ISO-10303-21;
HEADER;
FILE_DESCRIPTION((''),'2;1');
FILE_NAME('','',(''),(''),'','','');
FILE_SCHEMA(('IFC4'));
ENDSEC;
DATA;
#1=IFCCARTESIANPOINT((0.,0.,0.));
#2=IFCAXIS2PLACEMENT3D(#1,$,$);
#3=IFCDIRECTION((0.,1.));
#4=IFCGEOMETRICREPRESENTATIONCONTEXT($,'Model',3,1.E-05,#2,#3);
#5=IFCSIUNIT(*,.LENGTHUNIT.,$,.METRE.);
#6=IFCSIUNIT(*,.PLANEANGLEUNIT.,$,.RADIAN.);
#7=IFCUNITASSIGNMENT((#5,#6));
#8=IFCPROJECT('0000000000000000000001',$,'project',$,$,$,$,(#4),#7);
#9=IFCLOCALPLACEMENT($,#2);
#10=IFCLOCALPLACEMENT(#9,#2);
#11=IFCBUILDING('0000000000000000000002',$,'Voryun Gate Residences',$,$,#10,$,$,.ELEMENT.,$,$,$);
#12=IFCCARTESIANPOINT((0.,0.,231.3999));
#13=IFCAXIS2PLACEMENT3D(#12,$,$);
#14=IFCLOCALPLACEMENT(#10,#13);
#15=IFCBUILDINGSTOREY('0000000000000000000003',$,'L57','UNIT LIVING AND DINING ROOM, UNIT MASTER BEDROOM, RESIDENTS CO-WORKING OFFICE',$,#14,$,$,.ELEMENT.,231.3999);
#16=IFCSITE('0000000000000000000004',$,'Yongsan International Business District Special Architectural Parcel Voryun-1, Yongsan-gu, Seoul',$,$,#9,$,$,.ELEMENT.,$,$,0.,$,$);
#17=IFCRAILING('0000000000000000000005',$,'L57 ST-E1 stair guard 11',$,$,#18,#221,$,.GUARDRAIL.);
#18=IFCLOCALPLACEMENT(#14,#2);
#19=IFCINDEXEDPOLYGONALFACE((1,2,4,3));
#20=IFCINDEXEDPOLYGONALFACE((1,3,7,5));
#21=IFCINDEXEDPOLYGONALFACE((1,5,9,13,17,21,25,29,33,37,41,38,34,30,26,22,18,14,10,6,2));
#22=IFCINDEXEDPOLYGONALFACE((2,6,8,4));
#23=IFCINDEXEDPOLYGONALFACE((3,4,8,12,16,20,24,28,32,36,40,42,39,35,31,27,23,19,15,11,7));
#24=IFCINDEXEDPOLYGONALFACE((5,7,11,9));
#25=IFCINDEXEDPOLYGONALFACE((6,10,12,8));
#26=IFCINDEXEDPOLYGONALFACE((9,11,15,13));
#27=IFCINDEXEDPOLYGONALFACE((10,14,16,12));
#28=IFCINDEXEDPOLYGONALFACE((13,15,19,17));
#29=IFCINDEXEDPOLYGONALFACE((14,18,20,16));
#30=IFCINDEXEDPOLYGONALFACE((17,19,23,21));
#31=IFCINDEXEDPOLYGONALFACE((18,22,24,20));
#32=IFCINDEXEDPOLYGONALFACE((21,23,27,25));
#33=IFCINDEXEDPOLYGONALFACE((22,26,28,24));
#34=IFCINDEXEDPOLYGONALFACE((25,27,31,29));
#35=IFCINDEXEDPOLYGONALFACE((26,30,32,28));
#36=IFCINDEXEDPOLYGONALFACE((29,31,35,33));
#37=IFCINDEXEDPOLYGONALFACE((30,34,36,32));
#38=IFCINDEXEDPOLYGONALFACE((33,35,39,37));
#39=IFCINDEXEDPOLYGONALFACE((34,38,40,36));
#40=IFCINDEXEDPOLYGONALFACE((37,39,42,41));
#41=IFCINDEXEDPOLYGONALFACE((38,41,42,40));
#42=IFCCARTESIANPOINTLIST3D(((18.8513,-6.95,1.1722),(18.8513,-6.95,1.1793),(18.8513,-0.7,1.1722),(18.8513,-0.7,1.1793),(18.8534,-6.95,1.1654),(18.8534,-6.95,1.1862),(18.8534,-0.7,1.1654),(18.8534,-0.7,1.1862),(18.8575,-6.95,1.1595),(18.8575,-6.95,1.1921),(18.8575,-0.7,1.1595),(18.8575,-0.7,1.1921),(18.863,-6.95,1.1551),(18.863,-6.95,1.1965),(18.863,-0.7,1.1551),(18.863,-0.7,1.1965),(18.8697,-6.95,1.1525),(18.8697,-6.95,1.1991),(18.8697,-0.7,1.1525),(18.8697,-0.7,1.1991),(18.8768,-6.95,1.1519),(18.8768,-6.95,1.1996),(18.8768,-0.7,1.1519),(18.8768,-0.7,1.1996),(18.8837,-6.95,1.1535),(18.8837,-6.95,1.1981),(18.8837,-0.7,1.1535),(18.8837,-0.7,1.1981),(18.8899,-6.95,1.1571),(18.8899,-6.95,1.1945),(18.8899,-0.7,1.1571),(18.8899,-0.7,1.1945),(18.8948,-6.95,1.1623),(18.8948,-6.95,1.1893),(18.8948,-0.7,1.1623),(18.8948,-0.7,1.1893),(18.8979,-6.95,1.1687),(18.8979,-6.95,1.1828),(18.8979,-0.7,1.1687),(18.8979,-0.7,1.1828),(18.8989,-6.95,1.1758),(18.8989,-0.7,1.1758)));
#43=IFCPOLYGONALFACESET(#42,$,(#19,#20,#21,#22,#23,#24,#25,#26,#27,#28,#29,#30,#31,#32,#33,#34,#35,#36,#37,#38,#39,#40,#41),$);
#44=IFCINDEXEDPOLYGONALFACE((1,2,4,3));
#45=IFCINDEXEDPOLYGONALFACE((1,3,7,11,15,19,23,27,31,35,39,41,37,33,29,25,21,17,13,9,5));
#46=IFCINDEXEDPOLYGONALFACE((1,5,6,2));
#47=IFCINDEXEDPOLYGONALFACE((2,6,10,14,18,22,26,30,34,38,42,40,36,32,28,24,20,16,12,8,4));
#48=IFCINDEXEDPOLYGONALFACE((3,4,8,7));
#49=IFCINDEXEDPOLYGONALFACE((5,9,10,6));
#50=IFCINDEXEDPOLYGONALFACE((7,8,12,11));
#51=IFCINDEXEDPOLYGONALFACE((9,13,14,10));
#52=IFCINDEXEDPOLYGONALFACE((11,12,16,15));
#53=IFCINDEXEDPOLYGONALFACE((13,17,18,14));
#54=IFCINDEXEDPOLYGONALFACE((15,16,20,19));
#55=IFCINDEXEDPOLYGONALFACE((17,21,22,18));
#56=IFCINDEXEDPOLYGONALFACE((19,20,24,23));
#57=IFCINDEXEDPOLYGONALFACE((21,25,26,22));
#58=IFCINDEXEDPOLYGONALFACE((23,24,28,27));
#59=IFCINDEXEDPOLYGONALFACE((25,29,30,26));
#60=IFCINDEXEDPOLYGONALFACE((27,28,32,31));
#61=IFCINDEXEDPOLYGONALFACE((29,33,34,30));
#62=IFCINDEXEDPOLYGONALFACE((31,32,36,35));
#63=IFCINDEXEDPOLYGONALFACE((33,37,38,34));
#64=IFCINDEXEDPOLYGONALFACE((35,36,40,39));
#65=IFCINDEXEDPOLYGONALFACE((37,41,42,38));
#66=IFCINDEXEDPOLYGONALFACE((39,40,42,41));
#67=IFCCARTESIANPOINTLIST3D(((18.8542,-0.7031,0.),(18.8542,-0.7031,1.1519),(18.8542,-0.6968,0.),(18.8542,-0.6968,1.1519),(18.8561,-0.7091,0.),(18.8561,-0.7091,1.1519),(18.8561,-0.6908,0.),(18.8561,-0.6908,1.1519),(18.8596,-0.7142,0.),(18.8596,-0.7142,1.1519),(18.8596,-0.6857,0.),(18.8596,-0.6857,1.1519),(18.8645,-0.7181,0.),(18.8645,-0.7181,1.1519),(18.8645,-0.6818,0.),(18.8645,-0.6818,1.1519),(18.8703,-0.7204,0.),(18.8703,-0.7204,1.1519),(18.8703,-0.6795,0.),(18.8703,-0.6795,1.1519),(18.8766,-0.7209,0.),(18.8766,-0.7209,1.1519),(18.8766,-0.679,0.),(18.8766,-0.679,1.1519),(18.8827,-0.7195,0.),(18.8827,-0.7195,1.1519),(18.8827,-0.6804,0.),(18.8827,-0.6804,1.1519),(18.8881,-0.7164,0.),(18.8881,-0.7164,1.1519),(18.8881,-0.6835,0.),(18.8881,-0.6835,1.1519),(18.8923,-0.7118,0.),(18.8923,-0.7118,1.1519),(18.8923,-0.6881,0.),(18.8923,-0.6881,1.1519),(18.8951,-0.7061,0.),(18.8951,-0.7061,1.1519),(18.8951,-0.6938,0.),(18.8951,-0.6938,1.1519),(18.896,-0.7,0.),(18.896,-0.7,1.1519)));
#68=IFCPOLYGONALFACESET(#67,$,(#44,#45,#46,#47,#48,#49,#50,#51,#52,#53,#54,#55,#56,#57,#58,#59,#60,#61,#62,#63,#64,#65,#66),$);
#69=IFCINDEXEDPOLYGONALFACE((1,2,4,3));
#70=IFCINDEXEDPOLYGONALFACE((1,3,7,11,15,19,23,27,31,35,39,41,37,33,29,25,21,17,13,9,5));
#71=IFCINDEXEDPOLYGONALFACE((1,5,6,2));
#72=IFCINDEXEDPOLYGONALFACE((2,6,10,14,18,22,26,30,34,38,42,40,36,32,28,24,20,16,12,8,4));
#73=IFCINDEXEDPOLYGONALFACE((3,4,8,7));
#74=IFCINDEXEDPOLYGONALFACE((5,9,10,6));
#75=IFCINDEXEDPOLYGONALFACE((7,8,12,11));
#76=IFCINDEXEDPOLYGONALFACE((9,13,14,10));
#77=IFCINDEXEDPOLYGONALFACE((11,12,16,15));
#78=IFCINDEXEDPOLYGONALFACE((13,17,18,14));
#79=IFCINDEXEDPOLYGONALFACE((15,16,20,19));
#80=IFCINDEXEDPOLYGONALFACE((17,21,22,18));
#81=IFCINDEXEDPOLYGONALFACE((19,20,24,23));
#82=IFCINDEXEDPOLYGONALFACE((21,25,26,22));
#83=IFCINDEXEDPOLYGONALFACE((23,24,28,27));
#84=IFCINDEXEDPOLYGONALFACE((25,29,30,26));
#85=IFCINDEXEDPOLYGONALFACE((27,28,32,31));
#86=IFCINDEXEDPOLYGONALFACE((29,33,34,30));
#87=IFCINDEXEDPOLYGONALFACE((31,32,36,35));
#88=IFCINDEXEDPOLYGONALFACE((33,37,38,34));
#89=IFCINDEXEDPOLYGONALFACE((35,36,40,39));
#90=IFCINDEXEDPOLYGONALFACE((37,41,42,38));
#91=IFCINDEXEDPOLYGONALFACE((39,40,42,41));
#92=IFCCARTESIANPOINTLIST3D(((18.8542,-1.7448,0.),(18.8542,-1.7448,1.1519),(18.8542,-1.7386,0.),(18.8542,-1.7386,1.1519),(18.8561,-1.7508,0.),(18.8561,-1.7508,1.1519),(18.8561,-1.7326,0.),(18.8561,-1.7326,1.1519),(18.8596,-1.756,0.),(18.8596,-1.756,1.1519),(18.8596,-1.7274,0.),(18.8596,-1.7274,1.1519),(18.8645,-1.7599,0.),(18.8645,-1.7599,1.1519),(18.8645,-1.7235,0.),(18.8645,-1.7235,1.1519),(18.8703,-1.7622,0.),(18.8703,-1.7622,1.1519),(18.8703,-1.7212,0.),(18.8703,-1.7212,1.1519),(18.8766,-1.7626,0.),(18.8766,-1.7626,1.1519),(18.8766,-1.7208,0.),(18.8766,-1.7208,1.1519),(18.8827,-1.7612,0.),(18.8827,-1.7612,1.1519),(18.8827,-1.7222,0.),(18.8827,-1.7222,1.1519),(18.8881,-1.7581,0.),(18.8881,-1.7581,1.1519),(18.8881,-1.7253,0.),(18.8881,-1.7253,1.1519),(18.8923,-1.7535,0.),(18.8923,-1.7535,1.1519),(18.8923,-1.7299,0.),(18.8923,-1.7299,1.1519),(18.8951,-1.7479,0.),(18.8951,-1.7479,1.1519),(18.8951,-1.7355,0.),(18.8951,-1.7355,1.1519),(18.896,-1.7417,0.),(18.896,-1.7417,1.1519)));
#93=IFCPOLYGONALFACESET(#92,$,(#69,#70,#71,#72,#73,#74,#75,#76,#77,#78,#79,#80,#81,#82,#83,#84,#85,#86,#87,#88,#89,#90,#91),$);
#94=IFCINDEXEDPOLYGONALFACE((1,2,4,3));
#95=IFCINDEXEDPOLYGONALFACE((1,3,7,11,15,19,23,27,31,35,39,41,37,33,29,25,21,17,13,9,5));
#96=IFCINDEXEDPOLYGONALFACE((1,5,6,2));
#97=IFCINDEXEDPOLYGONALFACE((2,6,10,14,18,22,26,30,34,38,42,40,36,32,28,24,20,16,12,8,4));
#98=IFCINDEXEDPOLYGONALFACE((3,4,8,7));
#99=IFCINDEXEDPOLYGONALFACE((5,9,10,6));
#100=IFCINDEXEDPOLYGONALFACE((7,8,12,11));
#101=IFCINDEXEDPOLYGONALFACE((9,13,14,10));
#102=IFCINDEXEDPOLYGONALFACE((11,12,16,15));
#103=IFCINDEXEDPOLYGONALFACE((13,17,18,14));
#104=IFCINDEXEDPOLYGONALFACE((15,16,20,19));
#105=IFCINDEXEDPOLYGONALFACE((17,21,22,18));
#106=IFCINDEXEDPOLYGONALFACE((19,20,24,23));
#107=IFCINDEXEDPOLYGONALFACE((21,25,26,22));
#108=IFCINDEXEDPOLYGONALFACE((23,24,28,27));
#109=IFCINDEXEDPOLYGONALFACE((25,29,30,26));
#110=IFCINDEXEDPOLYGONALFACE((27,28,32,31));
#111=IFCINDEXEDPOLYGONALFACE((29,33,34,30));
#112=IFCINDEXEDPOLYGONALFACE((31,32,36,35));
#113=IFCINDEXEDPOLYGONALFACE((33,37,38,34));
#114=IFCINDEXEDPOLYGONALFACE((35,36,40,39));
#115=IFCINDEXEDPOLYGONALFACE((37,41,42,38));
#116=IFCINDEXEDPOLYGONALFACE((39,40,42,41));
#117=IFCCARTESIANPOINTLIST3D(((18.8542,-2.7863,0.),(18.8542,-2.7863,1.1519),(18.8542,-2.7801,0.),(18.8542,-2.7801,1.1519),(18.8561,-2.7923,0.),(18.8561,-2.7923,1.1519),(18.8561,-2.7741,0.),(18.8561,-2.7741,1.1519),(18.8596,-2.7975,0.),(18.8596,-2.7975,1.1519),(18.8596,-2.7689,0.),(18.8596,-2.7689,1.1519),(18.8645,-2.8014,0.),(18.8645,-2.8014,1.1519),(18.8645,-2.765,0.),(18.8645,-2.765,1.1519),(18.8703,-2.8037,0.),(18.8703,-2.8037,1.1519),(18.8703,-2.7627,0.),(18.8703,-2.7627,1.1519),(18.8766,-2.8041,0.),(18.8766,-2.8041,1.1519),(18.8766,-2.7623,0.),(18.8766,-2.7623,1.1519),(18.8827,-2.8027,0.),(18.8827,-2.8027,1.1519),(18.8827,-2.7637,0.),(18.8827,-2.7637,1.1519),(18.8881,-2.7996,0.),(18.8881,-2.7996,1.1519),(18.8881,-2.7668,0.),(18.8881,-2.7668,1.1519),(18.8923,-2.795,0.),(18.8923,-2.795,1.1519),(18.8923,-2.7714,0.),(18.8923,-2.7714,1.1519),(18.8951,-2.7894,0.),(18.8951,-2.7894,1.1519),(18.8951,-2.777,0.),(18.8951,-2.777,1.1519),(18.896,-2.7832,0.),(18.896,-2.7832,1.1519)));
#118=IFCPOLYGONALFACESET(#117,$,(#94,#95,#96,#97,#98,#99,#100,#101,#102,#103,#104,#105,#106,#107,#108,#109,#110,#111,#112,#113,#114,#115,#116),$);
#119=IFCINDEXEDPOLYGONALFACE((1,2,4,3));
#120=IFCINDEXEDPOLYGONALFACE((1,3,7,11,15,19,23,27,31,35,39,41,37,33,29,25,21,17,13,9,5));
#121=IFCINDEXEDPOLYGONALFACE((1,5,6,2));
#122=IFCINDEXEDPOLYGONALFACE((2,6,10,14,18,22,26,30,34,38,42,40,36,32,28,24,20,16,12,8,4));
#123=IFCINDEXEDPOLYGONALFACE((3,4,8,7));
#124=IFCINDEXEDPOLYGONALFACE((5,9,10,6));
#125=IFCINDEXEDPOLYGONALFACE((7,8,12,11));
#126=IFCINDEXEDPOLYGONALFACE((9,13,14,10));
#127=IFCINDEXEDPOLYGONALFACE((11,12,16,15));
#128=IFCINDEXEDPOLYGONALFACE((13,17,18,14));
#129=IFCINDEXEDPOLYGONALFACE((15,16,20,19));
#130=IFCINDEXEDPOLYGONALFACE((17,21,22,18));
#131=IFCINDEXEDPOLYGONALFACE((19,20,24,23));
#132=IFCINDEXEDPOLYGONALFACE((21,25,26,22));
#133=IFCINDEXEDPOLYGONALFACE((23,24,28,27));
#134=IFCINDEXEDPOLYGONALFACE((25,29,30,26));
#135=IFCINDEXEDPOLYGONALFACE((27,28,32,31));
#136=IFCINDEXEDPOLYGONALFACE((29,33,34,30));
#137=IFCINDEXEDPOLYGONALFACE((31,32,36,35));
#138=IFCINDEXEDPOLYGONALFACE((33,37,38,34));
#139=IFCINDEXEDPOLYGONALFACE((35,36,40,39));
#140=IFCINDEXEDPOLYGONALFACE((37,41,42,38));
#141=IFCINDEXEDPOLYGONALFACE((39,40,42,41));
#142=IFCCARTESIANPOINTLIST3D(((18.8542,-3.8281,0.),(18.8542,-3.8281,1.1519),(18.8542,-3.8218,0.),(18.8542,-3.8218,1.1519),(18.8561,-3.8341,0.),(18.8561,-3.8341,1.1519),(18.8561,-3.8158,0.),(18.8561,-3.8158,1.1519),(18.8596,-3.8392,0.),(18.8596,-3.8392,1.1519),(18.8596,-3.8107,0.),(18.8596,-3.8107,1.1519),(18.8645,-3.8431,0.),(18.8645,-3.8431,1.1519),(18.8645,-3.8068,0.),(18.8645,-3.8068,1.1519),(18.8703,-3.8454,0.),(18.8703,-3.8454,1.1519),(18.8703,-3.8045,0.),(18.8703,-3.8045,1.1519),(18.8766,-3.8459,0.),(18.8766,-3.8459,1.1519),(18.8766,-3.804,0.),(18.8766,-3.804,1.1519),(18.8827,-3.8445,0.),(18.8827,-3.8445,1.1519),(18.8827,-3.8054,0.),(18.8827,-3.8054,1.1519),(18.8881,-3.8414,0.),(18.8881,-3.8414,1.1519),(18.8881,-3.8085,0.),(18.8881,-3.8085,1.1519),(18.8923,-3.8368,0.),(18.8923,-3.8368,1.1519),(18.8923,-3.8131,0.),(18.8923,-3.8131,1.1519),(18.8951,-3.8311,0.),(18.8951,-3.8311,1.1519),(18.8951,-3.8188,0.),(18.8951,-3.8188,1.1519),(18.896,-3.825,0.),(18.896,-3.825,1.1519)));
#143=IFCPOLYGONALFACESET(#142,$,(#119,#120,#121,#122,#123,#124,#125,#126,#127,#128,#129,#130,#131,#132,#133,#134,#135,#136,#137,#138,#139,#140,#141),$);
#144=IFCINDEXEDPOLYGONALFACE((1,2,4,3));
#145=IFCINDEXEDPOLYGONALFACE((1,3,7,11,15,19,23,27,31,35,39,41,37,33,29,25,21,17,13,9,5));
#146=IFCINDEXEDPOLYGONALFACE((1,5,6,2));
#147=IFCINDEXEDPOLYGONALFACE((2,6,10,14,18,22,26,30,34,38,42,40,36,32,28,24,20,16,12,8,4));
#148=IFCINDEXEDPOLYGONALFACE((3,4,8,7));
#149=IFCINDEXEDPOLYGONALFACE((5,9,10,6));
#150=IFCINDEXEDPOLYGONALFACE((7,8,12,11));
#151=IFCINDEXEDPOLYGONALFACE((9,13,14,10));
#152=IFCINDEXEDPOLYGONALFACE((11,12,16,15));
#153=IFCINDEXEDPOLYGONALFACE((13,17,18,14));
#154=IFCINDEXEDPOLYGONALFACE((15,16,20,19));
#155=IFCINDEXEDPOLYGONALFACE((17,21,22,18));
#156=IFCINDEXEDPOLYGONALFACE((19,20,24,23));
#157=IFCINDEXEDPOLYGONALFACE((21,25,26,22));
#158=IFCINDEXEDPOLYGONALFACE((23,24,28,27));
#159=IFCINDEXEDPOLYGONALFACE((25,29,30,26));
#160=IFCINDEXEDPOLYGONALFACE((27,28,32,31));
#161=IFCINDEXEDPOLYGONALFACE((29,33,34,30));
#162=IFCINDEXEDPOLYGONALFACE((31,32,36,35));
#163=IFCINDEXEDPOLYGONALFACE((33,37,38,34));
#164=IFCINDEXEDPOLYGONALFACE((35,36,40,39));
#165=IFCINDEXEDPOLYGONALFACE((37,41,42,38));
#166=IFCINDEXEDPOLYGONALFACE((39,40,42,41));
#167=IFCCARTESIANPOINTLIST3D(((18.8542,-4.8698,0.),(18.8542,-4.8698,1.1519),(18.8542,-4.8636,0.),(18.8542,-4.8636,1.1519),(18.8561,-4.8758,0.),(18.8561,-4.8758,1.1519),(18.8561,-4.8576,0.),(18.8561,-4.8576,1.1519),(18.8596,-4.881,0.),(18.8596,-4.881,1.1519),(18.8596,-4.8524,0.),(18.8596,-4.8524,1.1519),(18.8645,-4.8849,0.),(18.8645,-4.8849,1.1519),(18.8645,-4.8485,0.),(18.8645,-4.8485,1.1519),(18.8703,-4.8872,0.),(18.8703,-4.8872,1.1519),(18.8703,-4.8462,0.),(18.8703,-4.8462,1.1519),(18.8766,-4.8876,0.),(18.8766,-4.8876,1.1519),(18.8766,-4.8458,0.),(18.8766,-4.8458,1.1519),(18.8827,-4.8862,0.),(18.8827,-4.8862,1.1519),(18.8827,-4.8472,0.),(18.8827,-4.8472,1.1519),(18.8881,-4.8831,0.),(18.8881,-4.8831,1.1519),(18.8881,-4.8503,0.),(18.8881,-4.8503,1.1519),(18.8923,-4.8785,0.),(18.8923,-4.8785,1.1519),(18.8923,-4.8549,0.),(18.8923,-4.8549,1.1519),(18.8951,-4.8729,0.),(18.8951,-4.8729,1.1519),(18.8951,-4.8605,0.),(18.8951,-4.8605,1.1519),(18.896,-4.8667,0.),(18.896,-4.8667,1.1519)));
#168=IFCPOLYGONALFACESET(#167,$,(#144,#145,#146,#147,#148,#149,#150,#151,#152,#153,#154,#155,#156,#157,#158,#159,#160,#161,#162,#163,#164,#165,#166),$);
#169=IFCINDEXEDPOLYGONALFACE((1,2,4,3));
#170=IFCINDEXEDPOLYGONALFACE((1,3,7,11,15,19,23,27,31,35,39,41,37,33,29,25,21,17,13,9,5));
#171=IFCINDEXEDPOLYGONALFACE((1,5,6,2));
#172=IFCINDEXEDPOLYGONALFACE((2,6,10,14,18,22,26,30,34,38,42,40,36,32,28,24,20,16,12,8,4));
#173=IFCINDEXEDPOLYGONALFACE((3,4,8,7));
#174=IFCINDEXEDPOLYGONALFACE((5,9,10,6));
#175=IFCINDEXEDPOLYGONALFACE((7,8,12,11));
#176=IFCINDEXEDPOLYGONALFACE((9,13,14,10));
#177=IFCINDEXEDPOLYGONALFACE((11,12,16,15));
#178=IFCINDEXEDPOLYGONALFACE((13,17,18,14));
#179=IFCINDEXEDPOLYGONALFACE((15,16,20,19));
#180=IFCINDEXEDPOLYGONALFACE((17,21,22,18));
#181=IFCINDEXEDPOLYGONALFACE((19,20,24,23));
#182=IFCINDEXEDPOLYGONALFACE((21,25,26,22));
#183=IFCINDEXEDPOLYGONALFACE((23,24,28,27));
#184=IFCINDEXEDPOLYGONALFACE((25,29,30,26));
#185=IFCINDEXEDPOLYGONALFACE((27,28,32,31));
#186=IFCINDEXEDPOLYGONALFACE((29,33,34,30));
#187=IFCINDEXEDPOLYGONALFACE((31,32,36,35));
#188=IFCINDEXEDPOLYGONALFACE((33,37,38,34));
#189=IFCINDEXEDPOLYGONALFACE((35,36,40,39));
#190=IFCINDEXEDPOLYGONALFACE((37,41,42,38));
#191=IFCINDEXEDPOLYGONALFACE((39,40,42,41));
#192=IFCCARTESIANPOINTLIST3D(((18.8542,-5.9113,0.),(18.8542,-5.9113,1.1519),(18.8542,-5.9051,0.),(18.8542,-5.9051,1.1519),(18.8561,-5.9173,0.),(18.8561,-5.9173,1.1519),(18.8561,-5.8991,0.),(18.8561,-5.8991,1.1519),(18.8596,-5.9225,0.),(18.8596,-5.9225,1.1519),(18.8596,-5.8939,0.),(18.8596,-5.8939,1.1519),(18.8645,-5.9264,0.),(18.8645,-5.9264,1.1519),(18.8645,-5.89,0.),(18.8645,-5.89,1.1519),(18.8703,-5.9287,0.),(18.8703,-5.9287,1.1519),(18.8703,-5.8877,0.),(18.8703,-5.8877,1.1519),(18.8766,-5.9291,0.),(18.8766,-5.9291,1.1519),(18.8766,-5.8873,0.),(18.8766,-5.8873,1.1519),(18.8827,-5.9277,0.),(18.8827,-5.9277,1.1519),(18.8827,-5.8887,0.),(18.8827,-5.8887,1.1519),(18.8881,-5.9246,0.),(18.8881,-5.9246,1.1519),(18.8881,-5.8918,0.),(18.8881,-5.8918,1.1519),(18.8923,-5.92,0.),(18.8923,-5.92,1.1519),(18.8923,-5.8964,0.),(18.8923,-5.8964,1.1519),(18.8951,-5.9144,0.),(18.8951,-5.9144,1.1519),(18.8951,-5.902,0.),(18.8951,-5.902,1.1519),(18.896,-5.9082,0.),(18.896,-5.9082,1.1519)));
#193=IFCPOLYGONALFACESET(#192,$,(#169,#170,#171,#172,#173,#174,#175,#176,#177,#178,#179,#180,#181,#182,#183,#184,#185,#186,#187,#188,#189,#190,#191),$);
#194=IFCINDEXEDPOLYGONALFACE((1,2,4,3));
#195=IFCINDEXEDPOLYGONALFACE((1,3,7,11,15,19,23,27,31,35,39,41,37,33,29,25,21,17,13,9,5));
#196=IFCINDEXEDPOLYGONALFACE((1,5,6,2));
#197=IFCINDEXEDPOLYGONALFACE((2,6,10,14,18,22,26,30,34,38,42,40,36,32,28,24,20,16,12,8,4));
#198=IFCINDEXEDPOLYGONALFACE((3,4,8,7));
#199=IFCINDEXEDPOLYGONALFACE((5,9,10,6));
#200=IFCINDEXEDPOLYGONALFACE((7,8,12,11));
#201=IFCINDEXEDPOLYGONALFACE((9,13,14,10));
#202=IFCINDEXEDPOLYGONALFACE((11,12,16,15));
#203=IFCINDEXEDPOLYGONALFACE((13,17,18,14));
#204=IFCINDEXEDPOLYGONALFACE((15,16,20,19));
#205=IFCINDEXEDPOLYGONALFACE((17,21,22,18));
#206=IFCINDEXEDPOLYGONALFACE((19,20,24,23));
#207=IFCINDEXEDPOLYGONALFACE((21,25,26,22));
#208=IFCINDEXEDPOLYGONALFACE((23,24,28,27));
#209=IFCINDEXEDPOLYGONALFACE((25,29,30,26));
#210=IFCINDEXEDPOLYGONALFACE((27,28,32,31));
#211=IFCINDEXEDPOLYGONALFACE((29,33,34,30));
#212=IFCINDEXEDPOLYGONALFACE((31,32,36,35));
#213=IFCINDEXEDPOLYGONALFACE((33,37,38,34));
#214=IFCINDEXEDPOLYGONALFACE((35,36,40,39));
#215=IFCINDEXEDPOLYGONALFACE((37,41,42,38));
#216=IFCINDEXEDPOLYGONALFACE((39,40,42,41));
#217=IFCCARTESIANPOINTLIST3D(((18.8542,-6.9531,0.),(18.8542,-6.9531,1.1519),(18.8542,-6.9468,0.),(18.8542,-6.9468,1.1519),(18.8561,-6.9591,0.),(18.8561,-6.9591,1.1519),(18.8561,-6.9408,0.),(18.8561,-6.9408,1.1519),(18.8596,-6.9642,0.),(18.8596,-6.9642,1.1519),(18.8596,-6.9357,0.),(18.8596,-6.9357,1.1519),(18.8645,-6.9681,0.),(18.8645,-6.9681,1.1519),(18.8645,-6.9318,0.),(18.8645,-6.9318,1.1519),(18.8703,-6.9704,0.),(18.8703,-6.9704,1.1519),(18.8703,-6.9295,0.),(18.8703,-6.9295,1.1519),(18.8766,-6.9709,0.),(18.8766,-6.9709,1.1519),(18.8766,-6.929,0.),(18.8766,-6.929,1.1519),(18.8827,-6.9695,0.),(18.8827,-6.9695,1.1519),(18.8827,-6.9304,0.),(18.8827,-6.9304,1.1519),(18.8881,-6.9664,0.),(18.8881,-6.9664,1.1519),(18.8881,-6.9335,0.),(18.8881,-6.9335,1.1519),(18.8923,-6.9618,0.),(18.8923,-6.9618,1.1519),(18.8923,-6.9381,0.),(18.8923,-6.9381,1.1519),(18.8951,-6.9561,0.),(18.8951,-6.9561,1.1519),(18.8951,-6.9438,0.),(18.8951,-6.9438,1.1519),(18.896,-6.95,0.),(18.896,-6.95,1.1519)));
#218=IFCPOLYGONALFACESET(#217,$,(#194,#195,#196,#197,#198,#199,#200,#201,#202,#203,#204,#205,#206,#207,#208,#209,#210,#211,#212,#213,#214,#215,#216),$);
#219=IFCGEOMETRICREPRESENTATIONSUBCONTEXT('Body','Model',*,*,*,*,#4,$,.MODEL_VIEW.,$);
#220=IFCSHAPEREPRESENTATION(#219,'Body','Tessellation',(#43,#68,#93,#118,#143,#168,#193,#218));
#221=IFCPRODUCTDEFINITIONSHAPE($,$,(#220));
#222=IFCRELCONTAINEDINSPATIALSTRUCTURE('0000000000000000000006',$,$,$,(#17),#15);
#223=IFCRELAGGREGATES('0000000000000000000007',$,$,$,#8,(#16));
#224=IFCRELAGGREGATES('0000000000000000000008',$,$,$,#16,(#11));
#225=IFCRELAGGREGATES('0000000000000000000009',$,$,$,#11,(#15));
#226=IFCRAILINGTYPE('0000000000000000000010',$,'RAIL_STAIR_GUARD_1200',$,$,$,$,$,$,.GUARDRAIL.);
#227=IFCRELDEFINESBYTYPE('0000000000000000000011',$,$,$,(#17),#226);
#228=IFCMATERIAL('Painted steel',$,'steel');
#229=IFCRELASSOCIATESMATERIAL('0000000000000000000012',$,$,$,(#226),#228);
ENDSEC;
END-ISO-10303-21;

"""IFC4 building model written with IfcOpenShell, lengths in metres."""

from ifc_helpers import new_model, si_unit, direction, frame, origin, origin_2d, place, context, subcontext, project, spatial, circle, extrude, material, type_object, element, save


model = new_model("IFC4")

# Units and contexts
model_context = context("Model", 3, precision=1e-05, world=origin(), true_north=direction((0.0, 1.0)))
body_context = subcontext(model_context, "Body", "Model", "MODEL_VIEW")
ifc_project = project(units=[si_unit("LENGTHUNIT", "METRE"), si_unit("PLANEANGLEUNIT", "RADIAN")], contexts=[model_context])

# Site, building, storey
site_placement = place(None, origin())
site = spatial("IfcSite", under=ifc_project, at=site_placement, Name="Yongsan International Business District Special Architectural Parcel Voryun-1, Yongsan-gu, Seoul", CompositionType="ELEMENT", RefElevation=0.0)
building_placement = place(site_placement, origin())
building = spatial("IfcBuilding", under=site, at=building_placement, Name="Voryun Gate Residences", CompositionType="ELEMENT")
storey_placement = place(building_placement, frame((0.0, 0.0, 231.3999)))
storey = spatial("IfcBuildingStorey", under=building, at=storey_placement, Name="L57", Description="UNIT LIVING AND DINING ROOM, UNIT MASTER BEDROOM, RESIDENTS CO-WORKING OFFICE", CompositionType="ELEMENT", Elevation=231.3999)

# Railing
ifc_material_1 = material(Name="Painted steel", Category="steel")
railing_type_1 = type_object("IfcRailingType", Name="RAIL_STAIR_GUARD_1200", PredefinedType="GUARDRAIL", material=ifc_material_1)
railing_1_placement = place(storey_placement, frame((18.875, -0.7, 0.0)))
element("IfcRailing", 1, at=railing_1_placement, inside=storey, type_object=railing_type_1, Name="L57 ST-E1 stair guard 11", PredefinedType="GUARDRAIL", context=body_context, shape_type="SweptSolid", body=[
    extrude(circle(Radius=0.0239, at=origin_2d()), frame((0.0, 0.0, 1.1758), z_axis=(0.0, -1.0, 0.0), x_axis=(1.0, 0.0, 0.0)), (0.0, 0.0, 1.0), 6.25),
    extrude(circle(Radius=0.021, at=origin_2d()), origin(), (0.0, 0.0, 1.0), 1.1519),
    extrude(circle(Radius=0.021, at=origin_2d()), frame((0.0, -1.0417, 0.0)), (0.0, 0.0, 1.0), 1.1519),
    extrude(circle(Radius=0.021, at=origin_2d()), frame((0.0, -2.0833, 0.0)), (0.0, 0.0, 1.0), 1.1519),
    extrude(circle(Radius=0.021, at=origin_2d()), frame((0.0, -3.125, 0.0)), (0.0, 0.0, 1.0), 1.1519),
    extrude(circle(Radius=0.021, at=origin_2d()), frame((0.0, -4.1667, 0.0)), (0.0, 0.0, 1.0), 1.1519),
    extrude(circle(Radius=0.021, at=origin_2d()), frame((0.0, -5.2083, 0.0)), (0.0, 0.0, 1.0), 1.1519),
    extrude(circle(Radius=0.021, at=origin_2d()), frame((0.0, -6.25, 0.0)), (0.0, 0.0, 1.0), 1.1519),
])

save(model, "model.ifc")
